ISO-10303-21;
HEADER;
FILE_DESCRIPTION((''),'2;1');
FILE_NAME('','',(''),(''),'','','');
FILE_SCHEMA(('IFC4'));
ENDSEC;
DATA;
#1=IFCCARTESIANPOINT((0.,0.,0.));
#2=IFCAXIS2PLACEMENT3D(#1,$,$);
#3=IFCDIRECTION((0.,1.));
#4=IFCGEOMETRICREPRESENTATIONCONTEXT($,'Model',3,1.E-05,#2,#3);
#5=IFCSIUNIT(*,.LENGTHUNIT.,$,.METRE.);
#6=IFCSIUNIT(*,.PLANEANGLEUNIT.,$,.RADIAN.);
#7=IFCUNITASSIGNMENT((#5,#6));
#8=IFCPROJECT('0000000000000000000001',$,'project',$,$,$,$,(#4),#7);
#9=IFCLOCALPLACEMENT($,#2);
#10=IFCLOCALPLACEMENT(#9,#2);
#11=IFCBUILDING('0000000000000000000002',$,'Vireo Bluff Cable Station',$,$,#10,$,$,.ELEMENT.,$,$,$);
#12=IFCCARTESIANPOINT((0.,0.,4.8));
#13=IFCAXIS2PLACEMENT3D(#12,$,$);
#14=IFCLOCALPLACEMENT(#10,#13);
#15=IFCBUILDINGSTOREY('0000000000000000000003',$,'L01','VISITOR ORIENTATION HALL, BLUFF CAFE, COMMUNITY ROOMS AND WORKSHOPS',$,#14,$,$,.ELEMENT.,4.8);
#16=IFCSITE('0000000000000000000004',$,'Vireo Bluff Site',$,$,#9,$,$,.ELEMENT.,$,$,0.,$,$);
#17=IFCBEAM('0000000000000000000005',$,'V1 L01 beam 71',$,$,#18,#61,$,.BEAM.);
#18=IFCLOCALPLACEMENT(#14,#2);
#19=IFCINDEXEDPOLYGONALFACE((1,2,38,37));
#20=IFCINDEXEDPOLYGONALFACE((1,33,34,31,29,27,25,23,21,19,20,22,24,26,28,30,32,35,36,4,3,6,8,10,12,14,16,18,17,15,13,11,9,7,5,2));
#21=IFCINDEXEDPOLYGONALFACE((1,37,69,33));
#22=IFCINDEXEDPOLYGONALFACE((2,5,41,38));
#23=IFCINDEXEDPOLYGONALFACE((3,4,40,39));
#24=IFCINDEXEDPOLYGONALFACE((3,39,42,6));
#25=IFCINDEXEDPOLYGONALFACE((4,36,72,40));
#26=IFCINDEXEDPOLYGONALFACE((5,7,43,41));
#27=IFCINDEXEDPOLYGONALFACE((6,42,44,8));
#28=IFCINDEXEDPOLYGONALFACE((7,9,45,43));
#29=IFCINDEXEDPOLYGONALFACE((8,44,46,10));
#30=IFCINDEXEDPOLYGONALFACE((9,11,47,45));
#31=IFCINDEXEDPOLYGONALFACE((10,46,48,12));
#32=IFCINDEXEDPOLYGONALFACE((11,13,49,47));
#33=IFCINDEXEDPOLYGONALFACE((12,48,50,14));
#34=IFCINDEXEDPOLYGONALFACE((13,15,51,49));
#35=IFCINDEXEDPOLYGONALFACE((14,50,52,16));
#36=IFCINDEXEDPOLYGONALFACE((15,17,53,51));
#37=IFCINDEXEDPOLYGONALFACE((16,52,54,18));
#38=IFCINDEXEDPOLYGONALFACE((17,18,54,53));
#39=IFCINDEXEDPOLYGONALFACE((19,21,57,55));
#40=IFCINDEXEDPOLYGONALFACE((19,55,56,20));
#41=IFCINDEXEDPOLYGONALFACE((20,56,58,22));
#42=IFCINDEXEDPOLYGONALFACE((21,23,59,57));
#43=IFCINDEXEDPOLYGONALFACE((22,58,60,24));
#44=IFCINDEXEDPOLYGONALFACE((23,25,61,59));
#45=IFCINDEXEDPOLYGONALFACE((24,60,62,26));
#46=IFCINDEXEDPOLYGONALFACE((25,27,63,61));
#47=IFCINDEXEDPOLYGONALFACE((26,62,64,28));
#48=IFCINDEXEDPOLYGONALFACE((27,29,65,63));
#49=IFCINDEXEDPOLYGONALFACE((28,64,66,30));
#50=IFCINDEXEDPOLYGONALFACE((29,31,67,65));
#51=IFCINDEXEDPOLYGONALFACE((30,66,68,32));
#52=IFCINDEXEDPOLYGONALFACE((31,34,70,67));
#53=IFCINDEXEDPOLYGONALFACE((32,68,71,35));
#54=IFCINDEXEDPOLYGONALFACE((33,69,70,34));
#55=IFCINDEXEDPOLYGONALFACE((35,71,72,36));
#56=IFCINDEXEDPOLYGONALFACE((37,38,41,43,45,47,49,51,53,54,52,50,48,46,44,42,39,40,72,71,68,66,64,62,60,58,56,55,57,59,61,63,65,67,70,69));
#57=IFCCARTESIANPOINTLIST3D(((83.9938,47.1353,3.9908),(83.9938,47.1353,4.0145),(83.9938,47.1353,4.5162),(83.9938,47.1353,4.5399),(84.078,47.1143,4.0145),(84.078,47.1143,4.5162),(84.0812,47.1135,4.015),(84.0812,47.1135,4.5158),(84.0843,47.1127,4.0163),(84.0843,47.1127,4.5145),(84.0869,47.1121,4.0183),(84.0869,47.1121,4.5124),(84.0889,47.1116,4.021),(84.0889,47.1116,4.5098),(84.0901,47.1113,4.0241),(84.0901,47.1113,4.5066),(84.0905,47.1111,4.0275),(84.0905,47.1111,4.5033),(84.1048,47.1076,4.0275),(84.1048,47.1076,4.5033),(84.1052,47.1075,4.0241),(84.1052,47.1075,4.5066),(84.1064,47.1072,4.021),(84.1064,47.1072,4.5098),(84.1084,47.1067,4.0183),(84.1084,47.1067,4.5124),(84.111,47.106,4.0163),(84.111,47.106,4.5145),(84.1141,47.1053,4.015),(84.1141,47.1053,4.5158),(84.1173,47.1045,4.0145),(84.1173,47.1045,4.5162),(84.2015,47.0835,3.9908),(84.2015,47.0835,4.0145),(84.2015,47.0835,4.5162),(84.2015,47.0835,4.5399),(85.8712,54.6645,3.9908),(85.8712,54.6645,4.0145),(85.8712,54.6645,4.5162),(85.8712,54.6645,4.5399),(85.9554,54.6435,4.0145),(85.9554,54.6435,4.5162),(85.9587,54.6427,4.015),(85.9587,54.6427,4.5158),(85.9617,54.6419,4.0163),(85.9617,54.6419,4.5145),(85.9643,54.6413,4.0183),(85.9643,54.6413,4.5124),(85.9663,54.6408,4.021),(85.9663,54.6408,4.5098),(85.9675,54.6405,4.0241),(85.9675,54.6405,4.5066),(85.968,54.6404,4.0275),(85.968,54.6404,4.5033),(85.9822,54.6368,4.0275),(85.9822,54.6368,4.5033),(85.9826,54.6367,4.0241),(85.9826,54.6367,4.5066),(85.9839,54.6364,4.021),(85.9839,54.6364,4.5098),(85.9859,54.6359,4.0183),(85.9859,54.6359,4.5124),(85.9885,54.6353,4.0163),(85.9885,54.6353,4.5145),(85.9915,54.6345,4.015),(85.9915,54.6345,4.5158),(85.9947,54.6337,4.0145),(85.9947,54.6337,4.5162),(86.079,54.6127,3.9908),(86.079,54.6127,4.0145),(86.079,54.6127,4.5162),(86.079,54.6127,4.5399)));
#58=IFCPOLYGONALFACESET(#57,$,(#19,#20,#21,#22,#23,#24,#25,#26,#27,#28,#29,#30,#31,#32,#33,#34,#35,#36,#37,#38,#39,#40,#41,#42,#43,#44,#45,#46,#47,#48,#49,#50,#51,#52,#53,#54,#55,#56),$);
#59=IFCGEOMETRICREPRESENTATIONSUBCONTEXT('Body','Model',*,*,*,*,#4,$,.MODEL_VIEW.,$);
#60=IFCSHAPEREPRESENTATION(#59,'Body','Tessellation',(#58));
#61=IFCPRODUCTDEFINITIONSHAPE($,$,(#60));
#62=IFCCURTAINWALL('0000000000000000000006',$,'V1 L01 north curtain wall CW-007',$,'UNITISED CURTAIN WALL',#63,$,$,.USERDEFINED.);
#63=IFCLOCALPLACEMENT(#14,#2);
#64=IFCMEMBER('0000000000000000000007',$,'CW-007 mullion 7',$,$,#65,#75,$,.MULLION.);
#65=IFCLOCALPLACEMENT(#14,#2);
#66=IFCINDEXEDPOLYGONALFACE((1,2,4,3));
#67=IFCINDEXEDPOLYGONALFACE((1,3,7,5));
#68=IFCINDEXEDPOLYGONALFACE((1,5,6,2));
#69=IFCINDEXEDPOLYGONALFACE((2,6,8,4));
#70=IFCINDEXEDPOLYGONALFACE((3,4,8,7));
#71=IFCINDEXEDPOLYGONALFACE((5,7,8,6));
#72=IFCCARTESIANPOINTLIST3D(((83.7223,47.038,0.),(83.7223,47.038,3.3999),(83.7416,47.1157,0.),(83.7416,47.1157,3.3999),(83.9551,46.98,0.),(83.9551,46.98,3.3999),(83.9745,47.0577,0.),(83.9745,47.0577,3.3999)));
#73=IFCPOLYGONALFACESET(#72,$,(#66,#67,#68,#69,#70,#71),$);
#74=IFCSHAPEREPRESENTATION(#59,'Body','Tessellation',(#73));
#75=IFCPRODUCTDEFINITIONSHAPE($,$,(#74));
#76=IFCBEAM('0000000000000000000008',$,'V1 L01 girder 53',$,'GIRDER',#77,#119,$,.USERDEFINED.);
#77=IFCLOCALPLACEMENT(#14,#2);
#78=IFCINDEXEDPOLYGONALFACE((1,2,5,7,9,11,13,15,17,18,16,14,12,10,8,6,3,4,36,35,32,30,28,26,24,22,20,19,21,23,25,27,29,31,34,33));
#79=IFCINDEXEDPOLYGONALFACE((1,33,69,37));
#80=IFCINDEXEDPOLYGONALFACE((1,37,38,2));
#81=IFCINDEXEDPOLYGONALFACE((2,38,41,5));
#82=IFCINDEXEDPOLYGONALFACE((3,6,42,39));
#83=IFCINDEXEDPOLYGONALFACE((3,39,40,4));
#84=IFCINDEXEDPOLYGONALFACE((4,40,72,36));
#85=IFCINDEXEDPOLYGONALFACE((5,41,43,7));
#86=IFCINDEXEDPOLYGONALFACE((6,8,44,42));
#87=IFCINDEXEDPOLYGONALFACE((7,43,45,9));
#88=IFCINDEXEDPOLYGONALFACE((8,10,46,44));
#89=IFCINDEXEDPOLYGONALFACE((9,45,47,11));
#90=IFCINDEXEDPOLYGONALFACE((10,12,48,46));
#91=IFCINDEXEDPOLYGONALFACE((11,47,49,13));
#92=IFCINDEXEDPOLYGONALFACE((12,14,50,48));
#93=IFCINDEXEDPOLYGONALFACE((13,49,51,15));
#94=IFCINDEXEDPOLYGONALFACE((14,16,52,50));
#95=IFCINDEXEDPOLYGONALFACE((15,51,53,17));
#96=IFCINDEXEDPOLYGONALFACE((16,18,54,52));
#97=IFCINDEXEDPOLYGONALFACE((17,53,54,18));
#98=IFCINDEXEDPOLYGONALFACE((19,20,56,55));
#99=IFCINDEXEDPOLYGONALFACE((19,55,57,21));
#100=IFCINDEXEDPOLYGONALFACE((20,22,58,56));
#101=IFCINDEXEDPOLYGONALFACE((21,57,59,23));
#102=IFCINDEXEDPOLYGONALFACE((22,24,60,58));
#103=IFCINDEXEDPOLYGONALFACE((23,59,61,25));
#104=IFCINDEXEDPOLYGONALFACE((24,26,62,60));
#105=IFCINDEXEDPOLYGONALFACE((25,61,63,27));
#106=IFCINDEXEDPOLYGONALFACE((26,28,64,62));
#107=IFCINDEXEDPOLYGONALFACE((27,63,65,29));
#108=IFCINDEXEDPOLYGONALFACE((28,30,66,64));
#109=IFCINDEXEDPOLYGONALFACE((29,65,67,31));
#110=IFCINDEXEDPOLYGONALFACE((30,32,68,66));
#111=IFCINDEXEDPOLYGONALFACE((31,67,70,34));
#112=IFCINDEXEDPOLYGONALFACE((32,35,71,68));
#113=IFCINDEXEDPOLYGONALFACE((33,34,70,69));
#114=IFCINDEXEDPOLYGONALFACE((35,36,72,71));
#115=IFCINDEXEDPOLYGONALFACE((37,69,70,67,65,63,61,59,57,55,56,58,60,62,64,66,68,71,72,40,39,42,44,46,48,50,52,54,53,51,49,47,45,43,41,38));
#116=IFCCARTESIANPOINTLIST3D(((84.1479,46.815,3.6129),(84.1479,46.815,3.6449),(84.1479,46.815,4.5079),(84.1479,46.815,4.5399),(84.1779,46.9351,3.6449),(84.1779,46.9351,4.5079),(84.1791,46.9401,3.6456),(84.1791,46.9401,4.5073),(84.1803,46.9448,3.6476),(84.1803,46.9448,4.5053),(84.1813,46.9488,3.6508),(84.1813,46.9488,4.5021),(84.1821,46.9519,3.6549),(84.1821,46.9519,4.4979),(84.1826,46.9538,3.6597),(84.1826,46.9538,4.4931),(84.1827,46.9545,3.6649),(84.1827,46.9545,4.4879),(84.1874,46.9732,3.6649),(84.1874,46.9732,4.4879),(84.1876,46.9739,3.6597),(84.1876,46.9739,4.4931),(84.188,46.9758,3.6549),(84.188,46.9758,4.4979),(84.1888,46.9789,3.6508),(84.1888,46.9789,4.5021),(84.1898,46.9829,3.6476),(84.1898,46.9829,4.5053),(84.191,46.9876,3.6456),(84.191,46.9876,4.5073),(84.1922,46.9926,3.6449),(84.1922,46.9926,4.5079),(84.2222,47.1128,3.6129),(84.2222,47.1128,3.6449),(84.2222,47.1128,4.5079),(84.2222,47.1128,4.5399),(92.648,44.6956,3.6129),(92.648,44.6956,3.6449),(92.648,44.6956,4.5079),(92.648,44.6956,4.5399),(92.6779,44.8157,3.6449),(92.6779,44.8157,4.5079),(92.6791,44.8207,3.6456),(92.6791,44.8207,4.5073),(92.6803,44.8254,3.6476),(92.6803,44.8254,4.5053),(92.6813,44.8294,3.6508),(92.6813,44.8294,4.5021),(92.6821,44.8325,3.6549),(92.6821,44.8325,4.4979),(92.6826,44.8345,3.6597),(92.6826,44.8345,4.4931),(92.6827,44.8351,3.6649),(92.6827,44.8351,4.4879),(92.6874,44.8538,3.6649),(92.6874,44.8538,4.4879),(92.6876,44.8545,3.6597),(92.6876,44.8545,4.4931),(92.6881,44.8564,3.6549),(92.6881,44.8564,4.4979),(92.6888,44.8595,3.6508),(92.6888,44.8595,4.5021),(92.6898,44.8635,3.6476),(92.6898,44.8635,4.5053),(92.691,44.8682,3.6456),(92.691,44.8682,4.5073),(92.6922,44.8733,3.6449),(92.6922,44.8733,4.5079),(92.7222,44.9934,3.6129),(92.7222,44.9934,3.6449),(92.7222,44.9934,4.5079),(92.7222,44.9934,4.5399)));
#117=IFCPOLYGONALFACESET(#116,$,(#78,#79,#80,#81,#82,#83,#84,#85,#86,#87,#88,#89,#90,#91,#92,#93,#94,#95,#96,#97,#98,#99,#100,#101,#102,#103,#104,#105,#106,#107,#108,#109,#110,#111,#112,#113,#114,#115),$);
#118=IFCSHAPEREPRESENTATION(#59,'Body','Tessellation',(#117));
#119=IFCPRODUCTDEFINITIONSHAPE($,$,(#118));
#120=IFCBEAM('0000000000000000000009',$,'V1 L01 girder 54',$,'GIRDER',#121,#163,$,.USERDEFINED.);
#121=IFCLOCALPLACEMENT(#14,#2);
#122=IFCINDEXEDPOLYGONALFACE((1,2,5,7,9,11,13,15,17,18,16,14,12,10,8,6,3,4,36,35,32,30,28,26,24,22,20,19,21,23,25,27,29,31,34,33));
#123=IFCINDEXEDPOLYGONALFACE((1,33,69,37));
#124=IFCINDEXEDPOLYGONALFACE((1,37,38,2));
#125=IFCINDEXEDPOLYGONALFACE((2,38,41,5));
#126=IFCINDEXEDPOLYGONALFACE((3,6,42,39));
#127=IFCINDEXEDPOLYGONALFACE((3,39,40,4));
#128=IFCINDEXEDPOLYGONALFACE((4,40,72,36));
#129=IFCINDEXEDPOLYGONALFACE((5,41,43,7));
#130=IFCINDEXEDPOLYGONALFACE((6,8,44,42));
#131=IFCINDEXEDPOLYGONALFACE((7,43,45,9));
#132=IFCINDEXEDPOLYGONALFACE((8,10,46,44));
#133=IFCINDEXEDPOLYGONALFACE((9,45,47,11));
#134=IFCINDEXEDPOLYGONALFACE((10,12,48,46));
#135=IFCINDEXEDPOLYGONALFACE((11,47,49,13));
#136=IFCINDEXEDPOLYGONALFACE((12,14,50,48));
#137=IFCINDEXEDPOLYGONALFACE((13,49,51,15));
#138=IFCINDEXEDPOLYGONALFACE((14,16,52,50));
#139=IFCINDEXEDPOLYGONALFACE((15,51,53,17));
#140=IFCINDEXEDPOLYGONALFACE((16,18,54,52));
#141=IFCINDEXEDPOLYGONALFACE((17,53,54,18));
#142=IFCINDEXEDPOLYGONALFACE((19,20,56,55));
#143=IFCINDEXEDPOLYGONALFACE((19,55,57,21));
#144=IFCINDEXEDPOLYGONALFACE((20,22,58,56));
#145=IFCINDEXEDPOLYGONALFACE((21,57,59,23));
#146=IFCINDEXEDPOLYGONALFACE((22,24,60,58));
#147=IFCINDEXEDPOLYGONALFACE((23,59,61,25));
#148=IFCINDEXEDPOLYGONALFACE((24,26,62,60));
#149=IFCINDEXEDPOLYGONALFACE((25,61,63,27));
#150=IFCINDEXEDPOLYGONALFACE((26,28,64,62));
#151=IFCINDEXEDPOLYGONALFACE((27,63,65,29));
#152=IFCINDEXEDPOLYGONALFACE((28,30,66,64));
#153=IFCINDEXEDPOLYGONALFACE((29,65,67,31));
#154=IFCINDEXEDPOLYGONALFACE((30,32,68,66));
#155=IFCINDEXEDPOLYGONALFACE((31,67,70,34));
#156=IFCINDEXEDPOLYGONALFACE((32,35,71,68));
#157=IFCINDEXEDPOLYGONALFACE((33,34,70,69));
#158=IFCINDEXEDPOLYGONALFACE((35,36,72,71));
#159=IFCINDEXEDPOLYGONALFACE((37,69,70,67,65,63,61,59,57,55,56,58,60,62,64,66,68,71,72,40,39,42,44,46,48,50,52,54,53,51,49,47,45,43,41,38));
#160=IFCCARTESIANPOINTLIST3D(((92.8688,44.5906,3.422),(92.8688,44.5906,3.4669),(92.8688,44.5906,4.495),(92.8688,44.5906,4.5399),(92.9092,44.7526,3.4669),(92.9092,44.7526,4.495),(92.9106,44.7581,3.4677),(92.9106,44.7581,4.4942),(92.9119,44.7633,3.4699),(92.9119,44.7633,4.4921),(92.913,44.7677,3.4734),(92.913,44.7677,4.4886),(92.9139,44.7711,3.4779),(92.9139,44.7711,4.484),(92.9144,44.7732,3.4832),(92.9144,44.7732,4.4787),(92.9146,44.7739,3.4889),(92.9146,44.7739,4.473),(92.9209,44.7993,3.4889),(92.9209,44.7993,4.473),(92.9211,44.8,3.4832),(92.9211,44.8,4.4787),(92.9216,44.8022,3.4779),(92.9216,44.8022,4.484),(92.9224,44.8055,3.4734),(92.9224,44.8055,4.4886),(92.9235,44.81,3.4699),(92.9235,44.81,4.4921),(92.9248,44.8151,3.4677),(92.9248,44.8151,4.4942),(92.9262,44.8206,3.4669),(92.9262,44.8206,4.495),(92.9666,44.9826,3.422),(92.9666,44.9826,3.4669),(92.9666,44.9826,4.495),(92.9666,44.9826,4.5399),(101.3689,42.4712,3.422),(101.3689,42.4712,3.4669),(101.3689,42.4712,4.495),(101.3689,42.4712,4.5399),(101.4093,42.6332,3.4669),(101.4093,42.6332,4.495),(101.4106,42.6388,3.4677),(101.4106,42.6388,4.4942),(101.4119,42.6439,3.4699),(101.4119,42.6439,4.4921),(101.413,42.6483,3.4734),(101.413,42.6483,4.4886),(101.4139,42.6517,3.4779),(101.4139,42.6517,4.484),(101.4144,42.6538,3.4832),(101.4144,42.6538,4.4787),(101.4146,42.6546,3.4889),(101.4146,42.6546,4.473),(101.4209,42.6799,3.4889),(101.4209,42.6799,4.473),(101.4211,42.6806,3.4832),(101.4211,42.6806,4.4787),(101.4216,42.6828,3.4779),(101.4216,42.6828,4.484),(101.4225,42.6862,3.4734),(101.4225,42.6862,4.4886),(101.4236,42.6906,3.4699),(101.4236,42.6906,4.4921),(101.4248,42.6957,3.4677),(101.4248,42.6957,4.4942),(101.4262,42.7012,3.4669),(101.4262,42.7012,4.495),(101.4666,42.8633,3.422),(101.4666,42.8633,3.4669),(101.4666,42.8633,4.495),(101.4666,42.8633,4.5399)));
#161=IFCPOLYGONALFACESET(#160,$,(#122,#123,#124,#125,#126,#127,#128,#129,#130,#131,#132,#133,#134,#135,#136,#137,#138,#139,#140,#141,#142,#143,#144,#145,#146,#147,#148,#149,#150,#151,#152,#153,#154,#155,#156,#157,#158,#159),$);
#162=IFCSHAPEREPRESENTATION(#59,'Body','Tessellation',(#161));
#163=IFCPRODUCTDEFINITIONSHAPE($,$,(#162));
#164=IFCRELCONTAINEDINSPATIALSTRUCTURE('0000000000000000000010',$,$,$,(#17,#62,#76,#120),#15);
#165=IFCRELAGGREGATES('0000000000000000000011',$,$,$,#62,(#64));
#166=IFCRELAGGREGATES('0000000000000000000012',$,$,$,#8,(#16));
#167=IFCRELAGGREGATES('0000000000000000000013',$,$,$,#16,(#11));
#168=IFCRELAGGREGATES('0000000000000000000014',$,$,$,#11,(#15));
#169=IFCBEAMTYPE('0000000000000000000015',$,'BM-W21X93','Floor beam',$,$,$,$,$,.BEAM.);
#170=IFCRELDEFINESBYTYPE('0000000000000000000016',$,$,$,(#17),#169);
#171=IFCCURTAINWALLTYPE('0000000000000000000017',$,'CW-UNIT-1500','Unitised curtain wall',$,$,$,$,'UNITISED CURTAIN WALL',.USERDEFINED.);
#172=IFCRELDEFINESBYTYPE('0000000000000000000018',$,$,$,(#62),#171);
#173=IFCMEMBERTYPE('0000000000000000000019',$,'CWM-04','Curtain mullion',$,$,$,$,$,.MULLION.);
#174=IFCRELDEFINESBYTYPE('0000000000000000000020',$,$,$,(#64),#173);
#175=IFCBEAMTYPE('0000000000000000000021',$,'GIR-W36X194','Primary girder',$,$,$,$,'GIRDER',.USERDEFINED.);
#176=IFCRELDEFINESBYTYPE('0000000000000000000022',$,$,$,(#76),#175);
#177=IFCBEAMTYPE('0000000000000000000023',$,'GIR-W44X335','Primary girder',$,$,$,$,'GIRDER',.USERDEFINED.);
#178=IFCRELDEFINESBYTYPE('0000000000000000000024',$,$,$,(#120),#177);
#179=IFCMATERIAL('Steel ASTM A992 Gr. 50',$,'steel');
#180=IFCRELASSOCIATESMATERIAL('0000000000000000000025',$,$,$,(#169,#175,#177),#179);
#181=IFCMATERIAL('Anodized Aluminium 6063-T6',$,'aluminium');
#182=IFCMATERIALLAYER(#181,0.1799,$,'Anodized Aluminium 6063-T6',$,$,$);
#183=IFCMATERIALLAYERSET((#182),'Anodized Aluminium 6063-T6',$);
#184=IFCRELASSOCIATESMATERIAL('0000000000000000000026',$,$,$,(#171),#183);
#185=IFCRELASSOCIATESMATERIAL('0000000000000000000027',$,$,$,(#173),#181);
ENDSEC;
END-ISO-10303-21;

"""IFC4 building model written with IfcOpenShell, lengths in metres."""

from ifc_helpers import new_model, si_unit, direction, frame, origin, origin_2d, place, context, subcontext, project, spatial, rectangle, i_section, extrude, material, layer, layer_set, material_profile, profile_set, type_object, element, aggregate, save


model = new_model("IFC4")

# Units and contexts
model_context = context("Model", 3, precision=1e-05, world=origin(), true_north=direction((0.0, 1.0)))
body_context = subcontext(model_context, "Body", "Model", "MODEL_VIEW")
ifc_project = project(units=[si_unit("LENGTHUNIT", "METRE"), si_unit("PLANEANGLEUNIT", "RADIAN")], contexts=[model_context])

# Site, building, storey
site_placement = place(None, origin())
site = spatial("IfcSite", under=ifc_project, at=site_placement, Name="Vireo Bluff Site", CompositionType="ELEMENT", RefElevation=0.0)
building_placement = place(site_placement, origin())
building = spatial("IfcBuilding", under=site, at=building_placement, Name="Vireo Bluff Cable Station", CompositionType="ELEMENT")
storey_placement = place(building_placement, frame((0.0, 0.0, 4.8)))
storey = spatial("IfcBuildingStorey", under=building, at=storey_placement, Name="L01", Description="VISITOR ORIENTATION HALL, BLUFF CAFE, COMMUNITY ROOMS AND WORKSHOPS", CompositionType="ELEMENT", Elevation=4.8)

# Shared definitions
ifc_material_1 = material(Name="Steel ASTM A992 Gr. 50", Category="steel")

# Beam
ifc_material_profile_1 = material_profile(ifc_material_1, i_section(OverallWidth=0.2141, OverallDepth=0.5491, WebThickness=0.0146, FlangeThickness=0.0237, FilletRadius=0.0129, at=origin_2d()), Name="W21X93")
ifc_profile_set_1 = profile_set([ifc_material_profile_1], Name="Steel ASTM A992 Gr. 50")
beam_type_1 = type_object("IfcBeamType", Name="BM-W21X93", Description="Floor beam", PredefinedType="BEAM", material=ifc_profile_set_1)
beam_1_placement = place(storey_placement, frame((84.0977, 47.1094, 4.2654), z_axis=(0.241943, 0.97029, 0.0), x_axis=(-0.97029, 0.241943, 0.0)))
element("IfcBeam", 1, at=beam_1_placement, inside=storey, type_object=beam_type_1, Name="V1 L01 beam 71", PredefinedType="BEAM", context=body_context, shape_type="SweptSolid", body=[
    extrude(i_section(OverallWidth=0.2141, OverallDepth=0.5491, WebThickness=0.0146, FlangeThickness=0.0237, FilletRadius=0.0129, at=origin_2d()), origin(), (0.0, 0.0, 1.0), 7.7598),
])

# Curtain wall, member
ifc_material_2 = material(Name="Anodized Aluminium 6063-T6", Category="aluminium")
ifc_layer_1 = layer(ifc_material_2, 0.1799, Name="Anodized Aluminium 6063-T6")
ifc_layer_set_1 = layer_set([ifc_layer_1], Name="Anodized Aluminium 6063-T6")
curtain_wall_type = type_object("IfcCurtainWallType", Name="CW-UNIT-1500", Description="Unitised curtain wall", ElementType="UNITISED CURTAIN WALL", PredefinedType="USERDEFINED", material=ifc_layer_set_1)
curtain_wall_placement = place(storey_placement, origin())
curtain_wall = element("IfcCurtainWall", 2, at=curtain_wall_placement, inside=storey, type_object=curtain_wall_type, Name="V1 L01 north curtain wall CW-007", ObjectType="UNITISED CURTAIN WALL", PredefinedType="USERDEFINED")
ifc_material_profile_2 = material_profile(ifc_material_2, rectangle(XDim=0.0801, YDim=0.24, at=origin_2d()), Name="ALU-M-80X240")
ifc_profile_set_2 = profile_set([ifc_material_profile_2], Name="Anodized Aluminium 6063-T6")
member_type = type_object("IfcMemberType", Name="CWM-04", Description="Curtain mullion", PredefinedType="MULLION", material=ifc_profile_set_2)
member_placement = place(storey_placement, frame((83.8484, 47.0479, 0.0), z_axis=(0.0, 0.0, 1.0), x_axis=(0.241922, 0.970296, 0.0)))
member = element("IfcMember", 3, at=member_placement, type_object=member_type, Name="CW-007 mullion 7", PredefinedType="MULLION", context=body_context, shape_type="SweptSolid", body=[
    extrude(rectangle(XDim=0.0801, YDim=0.24, at=origin_2d()), origin(), (0.0, 0.0, 1.0), 3.3999),
])

# Beams
ifc_material_profile_3 = material_profile(ifc_material_1, i_section(OverallWidth=0.3069, OverallDepth=0.927, WebThickness=0.0193, FlangeThickness=0.032, FilletRadius=0.02, at=origin_2d()), Name="W36X194")
ifc_profile_set_3 = profile_set([ifc_material_profile_3], Name="Steel ASTM A992 Gr. 50")
beam_type_2 = type_object("IfcBeamType", Name="GIR-W36X194", Description="Primary girder", ElementType="GIRDER", PredefinedType="USERDEFINED", material=ifc_profile_set_3)
beam_2_placement = place(storey_placement, frame((84.1851, 46.9639, 4.0764), z_axis=(0.970293, -0.241932, 0.0), x_axis=(0.241932, 0.970293, 0.0)))
element("IfcBeam", 4, at=beam_2_placement, inside=storey, type_object=beam_type_2, Name="V1 L01 girder 53", ObjectType="GIRDER", PredefinedType="USERDEFINED", context=body_context, shape_type="SweptSolid", body=[
    extrude(i_section(OverallWidth=0.3069, OverallDepth=0.927, WebThickness=0.0193, FlangeThickness=0.032, FilletRadius=0.02, at=origin_2d()), origin(), (0.0, 0.0, 1.0), 8.7603),
])
ifc_material_profile_4 = material_profile(ifc_material_1, i_section(OverallWidth=0.4041, OverallDepth=1.1179, WebThickness=0.0261, FlangeThickness=0.0449, FilletRadius=0.022, at=origin_2d()), Name="W44X335")
ifc_profile_set_4 = profile_set([ifc_material_profile_4], Name="Steel ASTM A992 Gr. 50")
beam_type_3 = type_object("IfcBeamType", Name="GIR-W44X335", Description="Primary girder", ElementType="GIRDER", PredefinedType="USERDEFINED", material=ifc_profile_set_4)
beam_3_placement = place(storey_placement, frame((92.9177, 44.7866, 3.981), z_axis=(0.970293, -0.241932, 0.0), x_axis=(0.241932, 0.970293, 0.0)))
element("IfcBeam", 5, at=beam_3_placement, inside=storey, type_object=beam_type_3, Name="V1 L01 girder 54", ObjectType="GIRDER", PredefinedType="USERDEFINED", context=body_context, shape_type="SweptSolid", body=[
    extrude(i_section(OverallWidth=0.4041, OverallDepth=1.1179, WebThickness=0.0261, FlangeThickness=0.0449, FilletRadius=0.022, at=origin_2d()), origin(), (0.0, 0.0, 1.0), 8.7603),
])

aggregate(curtain_wall, [member])

save(model, "model.ifc")
